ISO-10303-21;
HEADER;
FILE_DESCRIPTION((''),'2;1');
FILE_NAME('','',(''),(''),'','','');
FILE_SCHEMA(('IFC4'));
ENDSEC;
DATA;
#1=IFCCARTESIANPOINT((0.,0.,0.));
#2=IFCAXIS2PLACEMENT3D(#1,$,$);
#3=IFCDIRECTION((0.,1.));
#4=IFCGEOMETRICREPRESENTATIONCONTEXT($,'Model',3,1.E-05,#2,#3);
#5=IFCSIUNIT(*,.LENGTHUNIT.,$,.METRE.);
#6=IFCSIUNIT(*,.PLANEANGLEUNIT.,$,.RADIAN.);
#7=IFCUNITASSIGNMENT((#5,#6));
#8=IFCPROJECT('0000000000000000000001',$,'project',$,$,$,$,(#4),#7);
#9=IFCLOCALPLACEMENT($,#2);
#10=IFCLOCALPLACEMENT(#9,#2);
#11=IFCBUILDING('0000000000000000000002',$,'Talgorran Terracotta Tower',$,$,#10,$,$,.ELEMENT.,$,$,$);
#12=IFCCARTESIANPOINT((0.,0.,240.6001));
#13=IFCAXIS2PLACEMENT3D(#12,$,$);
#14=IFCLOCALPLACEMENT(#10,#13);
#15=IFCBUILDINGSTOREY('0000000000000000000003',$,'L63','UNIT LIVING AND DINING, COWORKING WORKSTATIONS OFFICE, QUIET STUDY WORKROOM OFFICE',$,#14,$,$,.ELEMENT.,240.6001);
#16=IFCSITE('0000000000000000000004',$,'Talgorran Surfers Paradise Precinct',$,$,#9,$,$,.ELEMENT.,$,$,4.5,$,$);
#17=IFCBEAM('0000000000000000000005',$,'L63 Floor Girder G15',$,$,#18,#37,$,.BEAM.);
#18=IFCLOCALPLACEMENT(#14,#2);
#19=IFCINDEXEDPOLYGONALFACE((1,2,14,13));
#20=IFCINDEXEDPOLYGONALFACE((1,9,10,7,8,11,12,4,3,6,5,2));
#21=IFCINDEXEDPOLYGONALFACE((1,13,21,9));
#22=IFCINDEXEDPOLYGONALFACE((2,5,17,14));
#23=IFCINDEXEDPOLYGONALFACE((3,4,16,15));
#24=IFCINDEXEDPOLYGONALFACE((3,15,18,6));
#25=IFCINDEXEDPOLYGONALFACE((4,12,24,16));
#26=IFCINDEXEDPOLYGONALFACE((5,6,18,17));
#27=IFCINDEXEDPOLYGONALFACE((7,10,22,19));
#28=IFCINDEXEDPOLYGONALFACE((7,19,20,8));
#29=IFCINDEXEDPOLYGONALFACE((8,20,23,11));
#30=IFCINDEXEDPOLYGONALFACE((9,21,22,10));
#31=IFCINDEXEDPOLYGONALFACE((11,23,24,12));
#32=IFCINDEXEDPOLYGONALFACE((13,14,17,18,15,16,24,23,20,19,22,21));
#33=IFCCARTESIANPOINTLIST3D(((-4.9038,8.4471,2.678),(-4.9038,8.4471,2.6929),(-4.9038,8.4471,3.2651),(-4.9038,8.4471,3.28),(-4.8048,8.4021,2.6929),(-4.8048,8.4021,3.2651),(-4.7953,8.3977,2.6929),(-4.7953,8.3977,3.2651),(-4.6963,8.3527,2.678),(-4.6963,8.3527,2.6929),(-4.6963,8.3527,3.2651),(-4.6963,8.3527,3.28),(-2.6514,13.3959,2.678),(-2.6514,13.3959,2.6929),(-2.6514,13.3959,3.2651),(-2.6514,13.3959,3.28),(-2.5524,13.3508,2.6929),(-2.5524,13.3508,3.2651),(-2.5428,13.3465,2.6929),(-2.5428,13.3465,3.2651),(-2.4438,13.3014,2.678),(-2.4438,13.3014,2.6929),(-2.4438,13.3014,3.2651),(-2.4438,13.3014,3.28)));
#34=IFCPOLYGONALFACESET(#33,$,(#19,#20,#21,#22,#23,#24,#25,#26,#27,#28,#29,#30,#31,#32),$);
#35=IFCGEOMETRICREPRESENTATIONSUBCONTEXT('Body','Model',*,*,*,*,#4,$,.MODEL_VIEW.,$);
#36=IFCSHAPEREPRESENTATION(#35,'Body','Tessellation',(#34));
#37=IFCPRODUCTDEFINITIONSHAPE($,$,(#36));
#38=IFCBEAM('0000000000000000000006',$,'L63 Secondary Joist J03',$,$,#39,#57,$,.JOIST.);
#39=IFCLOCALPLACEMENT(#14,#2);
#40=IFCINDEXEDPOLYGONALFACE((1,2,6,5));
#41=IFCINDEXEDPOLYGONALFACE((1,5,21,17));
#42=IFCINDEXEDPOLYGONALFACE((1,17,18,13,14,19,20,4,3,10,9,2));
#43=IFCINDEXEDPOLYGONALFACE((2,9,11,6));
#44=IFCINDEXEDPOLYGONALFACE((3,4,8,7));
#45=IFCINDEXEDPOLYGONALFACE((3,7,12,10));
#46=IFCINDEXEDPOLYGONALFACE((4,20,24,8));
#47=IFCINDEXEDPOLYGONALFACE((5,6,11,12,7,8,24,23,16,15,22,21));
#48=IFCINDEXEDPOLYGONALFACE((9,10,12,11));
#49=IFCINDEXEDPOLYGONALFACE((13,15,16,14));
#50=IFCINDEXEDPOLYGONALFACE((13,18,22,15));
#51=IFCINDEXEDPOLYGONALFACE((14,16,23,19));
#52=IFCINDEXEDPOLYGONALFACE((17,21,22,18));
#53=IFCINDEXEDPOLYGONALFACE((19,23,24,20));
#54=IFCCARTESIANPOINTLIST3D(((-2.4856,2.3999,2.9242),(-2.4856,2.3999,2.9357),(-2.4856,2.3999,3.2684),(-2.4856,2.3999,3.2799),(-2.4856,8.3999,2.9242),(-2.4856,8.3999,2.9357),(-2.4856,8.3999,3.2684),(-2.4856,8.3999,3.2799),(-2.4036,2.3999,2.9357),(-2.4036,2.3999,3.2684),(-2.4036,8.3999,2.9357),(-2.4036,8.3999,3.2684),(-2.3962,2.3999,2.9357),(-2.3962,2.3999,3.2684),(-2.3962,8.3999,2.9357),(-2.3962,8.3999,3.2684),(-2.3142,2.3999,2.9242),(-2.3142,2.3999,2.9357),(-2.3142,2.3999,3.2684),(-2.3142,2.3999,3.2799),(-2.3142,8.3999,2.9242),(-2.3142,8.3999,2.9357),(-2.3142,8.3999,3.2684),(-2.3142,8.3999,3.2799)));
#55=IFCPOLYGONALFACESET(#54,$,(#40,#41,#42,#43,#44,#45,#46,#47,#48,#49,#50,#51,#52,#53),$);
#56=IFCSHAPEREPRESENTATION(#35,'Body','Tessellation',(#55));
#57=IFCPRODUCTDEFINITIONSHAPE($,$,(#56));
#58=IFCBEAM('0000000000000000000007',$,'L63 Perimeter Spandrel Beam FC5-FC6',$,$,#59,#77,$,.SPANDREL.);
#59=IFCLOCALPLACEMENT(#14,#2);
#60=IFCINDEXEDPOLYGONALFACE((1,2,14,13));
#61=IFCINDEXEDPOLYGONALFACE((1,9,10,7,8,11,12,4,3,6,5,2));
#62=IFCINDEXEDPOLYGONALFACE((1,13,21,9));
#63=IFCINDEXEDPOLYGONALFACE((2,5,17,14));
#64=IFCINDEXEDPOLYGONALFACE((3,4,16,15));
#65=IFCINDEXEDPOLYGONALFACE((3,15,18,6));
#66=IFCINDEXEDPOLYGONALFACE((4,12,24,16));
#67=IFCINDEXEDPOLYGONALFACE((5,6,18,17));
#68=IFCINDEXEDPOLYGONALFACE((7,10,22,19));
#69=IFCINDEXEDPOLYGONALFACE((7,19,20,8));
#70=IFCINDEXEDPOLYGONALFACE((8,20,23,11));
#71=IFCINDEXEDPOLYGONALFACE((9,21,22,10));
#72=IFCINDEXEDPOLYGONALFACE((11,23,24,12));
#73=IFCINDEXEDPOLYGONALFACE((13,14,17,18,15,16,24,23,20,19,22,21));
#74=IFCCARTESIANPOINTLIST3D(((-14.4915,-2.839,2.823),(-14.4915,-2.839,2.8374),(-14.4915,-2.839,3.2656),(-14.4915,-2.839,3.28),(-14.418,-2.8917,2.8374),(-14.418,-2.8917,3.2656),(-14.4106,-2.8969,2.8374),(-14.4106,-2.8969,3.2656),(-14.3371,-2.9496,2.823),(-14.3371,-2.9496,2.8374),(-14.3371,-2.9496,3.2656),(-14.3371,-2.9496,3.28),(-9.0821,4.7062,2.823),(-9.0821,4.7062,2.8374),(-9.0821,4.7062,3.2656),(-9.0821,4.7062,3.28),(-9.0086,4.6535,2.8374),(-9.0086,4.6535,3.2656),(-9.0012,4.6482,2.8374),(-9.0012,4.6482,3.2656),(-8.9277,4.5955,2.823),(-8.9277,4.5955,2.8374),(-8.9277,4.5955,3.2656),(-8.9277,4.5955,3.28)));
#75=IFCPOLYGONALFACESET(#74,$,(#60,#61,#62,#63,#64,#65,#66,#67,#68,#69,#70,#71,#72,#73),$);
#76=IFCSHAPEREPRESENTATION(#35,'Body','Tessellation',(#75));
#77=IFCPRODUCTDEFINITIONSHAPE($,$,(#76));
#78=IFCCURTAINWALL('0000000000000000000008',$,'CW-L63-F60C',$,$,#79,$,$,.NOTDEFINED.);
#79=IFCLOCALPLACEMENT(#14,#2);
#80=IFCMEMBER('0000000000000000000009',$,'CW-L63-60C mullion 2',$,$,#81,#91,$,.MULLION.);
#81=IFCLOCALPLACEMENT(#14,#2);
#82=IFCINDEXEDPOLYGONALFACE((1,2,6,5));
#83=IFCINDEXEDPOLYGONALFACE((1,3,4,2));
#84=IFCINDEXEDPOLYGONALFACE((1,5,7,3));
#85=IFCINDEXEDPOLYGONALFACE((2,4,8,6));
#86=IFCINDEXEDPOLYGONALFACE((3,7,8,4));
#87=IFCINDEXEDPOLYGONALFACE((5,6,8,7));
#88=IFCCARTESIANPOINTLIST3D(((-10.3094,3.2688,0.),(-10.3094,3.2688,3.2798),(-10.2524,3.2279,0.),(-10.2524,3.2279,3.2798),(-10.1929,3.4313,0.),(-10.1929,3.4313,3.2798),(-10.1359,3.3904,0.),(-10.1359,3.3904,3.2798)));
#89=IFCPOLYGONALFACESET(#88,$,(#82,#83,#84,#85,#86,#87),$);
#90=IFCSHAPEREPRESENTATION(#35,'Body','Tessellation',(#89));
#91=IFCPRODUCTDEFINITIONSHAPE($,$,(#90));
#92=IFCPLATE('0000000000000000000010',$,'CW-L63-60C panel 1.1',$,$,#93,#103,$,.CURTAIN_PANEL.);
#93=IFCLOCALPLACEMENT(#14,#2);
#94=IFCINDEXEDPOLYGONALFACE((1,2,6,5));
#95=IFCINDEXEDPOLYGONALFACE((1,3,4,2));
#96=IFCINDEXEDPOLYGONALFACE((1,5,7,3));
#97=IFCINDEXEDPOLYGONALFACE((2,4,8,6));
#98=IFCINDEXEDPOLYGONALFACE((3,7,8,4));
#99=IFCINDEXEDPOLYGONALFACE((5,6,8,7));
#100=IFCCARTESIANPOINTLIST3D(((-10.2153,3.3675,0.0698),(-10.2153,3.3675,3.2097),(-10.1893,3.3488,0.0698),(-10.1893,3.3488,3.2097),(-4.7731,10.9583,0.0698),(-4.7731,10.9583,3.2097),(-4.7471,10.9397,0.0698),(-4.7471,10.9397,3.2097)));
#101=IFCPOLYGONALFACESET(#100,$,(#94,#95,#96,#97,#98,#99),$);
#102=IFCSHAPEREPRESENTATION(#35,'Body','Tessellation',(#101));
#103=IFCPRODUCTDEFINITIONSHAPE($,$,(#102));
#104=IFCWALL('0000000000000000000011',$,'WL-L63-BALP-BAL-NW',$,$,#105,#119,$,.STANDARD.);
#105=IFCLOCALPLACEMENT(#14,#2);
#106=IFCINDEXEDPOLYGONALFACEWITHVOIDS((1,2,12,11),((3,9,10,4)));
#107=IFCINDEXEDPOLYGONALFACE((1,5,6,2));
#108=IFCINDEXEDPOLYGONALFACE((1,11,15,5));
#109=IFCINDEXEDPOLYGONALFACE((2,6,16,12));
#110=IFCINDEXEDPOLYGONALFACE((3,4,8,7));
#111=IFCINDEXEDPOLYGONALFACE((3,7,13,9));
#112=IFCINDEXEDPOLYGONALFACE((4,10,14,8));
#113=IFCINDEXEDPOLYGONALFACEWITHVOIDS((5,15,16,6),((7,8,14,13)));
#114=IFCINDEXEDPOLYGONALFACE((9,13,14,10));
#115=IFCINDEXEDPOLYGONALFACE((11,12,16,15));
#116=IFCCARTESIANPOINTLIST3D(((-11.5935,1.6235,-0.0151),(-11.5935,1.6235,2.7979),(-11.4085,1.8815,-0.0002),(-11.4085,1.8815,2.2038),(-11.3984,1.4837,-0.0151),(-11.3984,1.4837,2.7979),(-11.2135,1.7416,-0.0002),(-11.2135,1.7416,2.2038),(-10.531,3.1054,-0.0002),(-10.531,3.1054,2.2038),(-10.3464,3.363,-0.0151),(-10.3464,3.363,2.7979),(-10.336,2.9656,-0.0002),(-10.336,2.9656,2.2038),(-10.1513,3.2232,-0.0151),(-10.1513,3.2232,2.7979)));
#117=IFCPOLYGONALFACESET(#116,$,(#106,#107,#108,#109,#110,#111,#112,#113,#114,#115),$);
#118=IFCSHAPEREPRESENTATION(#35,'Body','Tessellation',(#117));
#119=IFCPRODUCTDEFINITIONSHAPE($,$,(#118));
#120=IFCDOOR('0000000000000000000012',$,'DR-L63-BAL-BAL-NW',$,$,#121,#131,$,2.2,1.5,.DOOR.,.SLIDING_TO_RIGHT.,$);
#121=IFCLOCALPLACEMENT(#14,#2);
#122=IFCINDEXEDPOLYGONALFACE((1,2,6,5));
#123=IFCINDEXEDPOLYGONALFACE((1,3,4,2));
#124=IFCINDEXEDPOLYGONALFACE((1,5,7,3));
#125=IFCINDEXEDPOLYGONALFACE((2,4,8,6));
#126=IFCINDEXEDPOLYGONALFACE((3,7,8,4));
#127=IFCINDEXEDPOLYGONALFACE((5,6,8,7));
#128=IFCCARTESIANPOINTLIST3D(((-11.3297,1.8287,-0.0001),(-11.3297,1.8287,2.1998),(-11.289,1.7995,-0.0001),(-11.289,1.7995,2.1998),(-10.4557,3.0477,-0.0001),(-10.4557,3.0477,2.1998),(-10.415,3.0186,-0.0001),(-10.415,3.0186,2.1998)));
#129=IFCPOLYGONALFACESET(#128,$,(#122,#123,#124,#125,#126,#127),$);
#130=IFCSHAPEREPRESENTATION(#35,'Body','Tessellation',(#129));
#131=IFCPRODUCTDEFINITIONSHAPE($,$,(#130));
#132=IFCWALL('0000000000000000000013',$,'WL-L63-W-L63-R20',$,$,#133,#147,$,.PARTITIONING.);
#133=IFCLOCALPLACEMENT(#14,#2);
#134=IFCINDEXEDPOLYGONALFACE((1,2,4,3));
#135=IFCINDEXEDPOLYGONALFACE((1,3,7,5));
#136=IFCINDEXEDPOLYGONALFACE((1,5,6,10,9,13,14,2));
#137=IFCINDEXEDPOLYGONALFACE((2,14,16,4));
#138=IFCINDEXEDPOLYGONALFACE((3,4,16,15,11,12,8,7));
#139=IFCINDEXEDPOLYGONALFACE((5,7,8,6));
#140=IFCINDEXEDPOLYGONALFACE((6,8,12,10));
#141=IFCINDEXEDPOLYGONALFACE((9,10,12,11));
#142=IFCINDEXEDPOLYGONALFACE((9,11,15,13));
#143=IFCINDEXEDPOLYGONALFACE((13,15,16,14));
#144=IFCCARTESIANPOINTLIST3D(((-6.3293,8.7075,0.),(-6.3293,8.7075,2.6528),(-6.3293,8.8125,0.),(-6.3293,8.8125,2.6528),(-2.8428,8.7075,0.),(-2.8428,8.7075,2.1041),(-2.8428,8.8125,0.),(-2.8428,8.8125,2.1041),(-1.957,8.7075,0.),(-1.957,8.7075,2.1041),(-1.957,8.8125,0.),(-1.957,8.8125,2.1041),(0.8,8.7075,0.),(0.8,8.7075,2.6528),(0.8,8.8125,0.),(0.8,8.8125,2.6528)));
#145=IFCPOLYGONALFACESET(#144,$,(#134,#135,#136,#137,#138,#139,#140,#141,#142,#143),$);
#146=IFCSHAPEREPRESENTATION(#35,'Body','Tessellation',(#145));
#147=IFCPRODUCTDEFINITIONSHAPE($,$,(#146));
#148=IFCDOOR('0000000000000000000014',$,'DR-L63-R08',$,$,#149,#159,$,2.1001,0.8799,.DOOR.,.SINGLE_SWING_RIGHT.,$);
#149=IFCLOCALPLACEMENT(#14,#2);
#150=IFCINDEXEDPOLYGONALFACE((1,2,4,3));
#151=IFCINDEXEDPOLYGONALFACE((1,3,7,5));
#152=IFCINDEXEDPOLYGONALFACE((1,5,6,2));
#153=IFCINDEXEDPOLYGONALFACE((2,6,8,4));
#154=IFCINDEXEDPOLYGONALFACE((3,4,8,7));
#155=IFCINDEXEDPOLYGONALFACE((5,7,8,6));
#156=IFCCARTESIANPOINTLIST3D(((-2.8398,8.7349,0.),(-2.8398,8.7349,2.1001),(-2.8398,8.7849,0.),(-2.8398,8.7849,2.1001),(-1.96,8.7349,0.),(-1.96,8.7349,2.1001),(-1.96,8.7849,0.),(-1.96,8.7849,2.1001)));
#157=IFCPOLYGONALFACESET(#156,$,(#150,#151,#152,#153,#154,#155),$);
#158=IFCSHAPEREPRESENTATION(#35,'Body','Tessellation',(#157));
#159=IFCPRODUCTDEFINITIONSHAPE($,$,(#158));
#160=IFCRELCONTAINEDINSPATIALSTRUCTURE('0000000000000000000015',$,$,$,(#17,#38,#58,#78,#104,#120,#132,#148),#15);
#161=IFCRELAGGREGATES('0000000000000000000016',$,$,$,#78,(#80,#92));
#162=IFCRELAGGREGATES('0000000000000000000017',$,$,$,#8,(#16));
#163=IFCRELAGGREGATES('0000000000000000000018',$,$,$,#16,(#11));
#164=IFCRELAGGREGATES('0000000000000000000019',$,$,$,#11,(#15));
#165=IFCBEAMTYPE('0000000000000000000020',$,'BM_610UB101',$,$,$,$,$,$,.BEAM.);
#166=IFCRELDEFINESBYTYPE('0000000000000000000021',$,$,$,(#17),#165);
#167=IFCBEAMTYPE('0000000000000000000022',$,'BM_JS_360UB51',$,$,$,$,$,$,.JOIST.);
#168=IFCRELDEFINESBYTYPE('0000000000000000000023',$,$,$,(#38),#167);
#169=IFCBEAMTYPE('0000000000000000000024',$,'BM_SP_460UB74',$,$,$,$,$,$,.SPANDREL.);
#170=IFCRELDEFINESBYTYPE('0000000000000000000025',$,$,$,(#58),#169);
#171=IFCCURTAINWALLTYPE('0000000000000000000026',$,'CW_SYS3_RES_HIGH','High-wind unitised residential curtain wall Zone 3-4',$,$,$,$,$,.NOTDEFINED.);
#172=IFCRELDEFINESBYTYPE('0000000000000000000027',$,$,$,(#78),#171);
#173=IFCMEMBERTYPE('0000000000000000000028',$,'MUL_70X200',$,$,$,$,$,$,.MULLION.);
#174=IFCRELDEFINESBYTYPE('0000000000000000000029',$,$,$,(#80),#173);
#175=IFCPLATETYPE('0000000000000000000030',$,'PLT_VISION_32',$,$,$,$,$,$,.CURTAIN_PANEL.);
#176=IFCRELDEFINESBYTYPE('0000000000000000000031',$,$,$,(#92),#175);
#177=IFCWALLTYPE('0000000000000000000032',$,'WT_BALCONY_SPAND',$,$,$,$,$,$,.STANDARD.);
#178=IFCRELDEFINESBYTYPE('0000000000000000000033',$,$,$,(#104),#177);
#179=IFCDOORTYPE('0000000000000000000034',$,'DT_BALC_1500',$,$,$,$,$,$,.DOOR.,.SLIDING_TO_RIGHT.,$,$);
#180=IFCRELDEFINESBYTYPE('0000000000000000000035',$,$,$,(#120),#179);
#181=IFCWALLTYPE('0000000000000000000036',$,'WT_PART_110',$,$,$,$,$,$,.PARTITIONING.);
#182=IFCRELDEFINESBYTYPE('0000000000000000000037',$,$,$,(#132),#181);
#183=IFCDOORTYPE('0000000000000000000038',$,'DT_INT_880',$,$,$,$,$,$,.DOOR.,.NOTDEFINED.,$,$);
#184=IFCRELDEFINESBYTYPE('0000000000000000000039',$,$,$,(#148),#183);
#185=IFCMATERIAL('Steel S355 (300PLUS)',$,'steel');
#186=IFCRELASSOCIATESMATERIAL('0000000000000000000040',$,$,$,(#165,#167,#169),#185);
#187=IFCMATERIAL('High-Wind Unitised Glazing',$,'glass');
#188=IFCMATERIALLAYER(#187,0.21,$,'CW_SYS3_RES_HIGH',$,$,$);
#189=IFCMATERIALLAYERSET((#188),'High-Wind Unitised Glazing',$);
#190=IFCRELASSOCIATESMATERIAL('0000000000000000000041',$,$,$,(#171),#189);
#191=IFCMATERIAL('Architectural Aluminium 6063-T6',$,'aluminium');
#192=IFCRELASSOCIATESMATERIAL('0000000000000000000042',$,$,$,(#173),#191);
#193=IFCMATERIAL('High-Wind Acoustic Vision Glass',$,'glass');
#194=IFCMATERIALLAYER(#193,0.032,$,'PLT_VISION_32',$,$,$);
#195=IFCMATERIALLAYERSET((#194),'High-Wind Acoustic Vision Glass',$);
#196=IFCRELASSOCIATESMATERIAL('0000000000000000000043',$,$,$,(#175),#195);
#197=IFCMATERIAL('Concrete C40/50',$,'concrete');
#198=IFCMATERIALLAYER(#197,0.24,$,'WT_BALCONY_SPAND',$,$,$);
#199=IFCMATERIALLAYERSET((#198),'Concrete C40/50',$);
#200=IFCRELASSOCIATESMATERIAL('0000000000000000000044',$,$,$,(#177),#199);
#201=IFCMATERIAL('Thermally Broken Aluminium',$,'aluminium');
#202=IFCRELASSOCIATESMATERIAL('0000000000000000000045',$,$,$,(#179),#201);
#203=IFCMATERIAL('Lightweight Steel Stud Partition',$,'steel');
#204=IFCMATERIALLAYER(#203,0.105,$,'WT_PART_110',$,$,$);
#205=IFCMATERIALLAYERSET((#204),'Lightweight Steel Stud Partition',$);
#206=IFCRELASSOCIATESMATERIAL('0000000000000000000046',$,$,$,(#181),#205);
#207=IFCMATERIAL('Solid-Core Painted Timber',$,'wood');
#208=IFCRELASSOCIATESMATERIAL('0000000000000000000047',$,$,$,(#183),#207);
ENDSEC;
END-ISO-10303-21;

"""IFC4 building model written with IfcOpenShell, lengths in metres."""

from ifc_helpers import new_model, si_unit, direction, frame, frame_2d, origin, origin_2d, place, context, subcontext, project, spatial, rectangle, i_section, extrude, source, transform, mapped, material, layer, layer_set, material_profile, profile_set, type_object, type_shapes, element, fill, aggregate, save


model = new_model("IFC4")

# Units and contexts
model_context = context("Model", 3, precision=1e-05, world=origin(), true_north=direction((0.0, 1.0)))
body_context = subcontext(model_context, "Body", "Model", "MODEL_VIEW")
ifc_project = project(units=[si_unit("LENGTHUNIT", "METRE"), si_unit("PLANEANGLEUNIT", "RADIAN")], contexts=[model_context])

# Site, building, storey
site_placement = place(None, origin())
site = spatial("IfcSite", under=ifc_project, at=site_placement, Name="Talgorran Surfers Paradise Precinct", CompositionType="ELEMENT", RefElevation=4.5)
building_placement = place(site_placement, origin())
building = spatial("IfcBuilding", under=site, at=building_placement, Name="Talgorran Terracotta Tower", CompositionType="ELEMENT")
storey_placement = place(building_placement, frame((0.0, 0.0, 240.6001)))
storey = spatial("IfcBuildingStorey", under=building, at=storey_placement, Name="L63", Description="UNIT LIVING AND DINING, COWORKING WORKSTATIONS OFFICE, QUIET STUDY WORKROOM OFFICE", CompositionType="ELEMENT", Elevation=240.6001)

# Shared definitions
ifc_material_1 = material(Name="Steel S355 (300PLUS)", Category="steel")

# Beams
ifc_material_profile_1 = material_profile(ifc_material_1, i_section(OverallWidth=0.228, OverallDepth=0.6021, WebThickness=0.0105, FlangeThickness=0.0149, at=origin_2d()), Name="610UB101")
ifc_profile_set_1 = profile_set([ifc_material_profile_1], Name="Steel S355 (300PLUS)")
beam_type_1 = type_object("IfcBeamType", Name="BM_610UB101", PredefinedType="BEAM", material=ifc_profile_set_1)
beam_1_placement = place(storey_placement, frame((-4.8, 8.3999, 2.979), z_axis=(0.414263, 0.910157, 0.0), x_axis=(-0.910157, 0.414263, 0.0)))
element("IfcBeam", 1, at=beam_1_placement, inside=storey, type_object=beam_type_1, Name="L63 Floor Girder G15", PredefinedType="BEAM", context=body_context, shape_type="SweptSolid", body=[
    extrude(i_section(OverallWidth=0.228, OverallDepth=0.6021, WebThickness=0.0105, FlangeThickness=0.0149, at=origin_2d()), origin(), (0.0, 0.0, 1.0), 5.4373),
])
ifc_material_profile_2 = material_profile(ifc_material_1, i_section(OverallWidth=0.1714, OverallDepth=0.3557, WebThickness=0.0073, FlangeThickness=0.0115, at=origin_2d()), Name="360UB50.7")
ifc_profile_set_2 = profile_set([ifc_material_profile_2], Name="Steel S355 (300PLUS)")
beam_type_2 = type_object("IfcBeamType", Name="BM_JS_360UB51", PredefinedType="JOIST", material=ifc_profile_set_2)
beam_2_placement = place(storey_placement, frame((-2.3999, 2.3999, 3.1021), z_axis=(0.0, 1.0, 0.0), x_axis=(-1.0, 0.0, 0.0)))
element("IfcBeam", 2, at=beam_2_placement, inside=storey, type_object=beam_type_2, Name="L63 Secondary Joist J03", PredefinedType="JOIST", context=body_context, shape_type="SweptSolid", body=[
    extrude(i_section(OverallWidth=0.1714, OverallDepth=0.3557, WebThickness=0.0073, FlangeThickness=0.0115, at=origin_2d()), origin(), (0.0, 0.0, 1.0), 6.0),
])
ifc_material_profile_3 = material_profile(ifc_material_1, i_section(OverallWidth=0.1899, OverallDepth=0.457, WebThickness=0.009, FlangeThickness=0.0144, at=origin_2d()), Name="460UB74.6")
ifc_profile_set_3 = profile_set([ifc_material_profile_3], Name="Steel S355 (300PLUS)")
beam_type_3 = type_object("IfcBeamType", Name="BM_SP_460UB74", PredefinedType="SPANDREL", material=ifc_profile_set_3)
beam_3_placement = place(storey_placement, frame((-9.0049, 4.6509, 3.0515), z_axis=(-0.582665, -0.812712, 0.0), x_axis=(0.812712, -0.582665, 0.0)))
element("IfcBeam", 3, at=beam_3_placement, inside=storey, type_object=beam_type_3, Name="L63 Perimeter Spandrel Beam FC5-FC6", PredefinedType="SPANDREL", context=body_context, shape_type="SweptSolid", body=[
    extrude(i_section(OverallWidth=0.1899, OverallDepth=0.457, WebThickness=0.009, FlangeThickness=0.0144, at=origin_2d()), origin(), (0.0, 0.0, 1.0), 9.2839),
])

# Curtain wall, member, plate
ifc_material_2 = material(Name="High-Wind Unitised Glazing", Category="glass")
ifc_layer_1 = layer(ifc_material_2, 0.21, Name="CW_SYS3_RES_HIGH")
ifc_layer_set_1 = layer_set([ifc_layer_1], Name="High-Wind Unitised Glazing")
curtain_wall_type = type_object("IfcCurtainWallType", Name="CW_SYS3_RES_HIGH", Description="High-wind unitised residential curtain wall Zone 3-4", PredefinedType="NOTDEFINED", material=ifc_layer_set_1)
curtain_wall_placement = place(storey_placement, origin())
curtain_wall = element("IfcCurtainWall", 4, at=curtain_wall_placement, inside=storey, type_object=curtain_wall_type, Name="CW-L63-F60C", PredefinedType="NOTDEFINED")
ifc_material_3 = material(Name="Architectural Aluminium 6063-T6", Category="aluminium")
ifc_material_profile_4 = material_profile(ifc_material_3, rectangle(XDim=0.0701, YDim=0.2, at=origin_2d()), Name="CWM70X200")
ifc_profile_set_4 = profile_set([ifc_material_profile_4], Name="Architectural Aluminium 6063-T6")
member_type = type_object("IfcMemberType", Name="MUL_70X200", PredefinedType="MULLION", material=ifc_profile_set_4)
member_placement = place(storey_placement, frame((-10.2227, 3.3296, 0.0), z_axis=(0.0, 0.0, 1.0), x_axis=(0.812714, -0.582663, 0.0)))
member = element("IfcMember", 5, at=member_placement, type_object=member_type, Name="CW-L63-60C mullion 2", PredefinedType="MULLION", context=body_context, shape_type="SweptSolid", body=[
    extrude(rectangle(XDim=0.0701, YDim=0.2, at=origin_2d()), origin(), (0.0, 0.0, 1.0), 3.2798),
])
ifc_material_4 = material(Name="High-Wind Acoustic Vision Glass", Category="glass")
ifc_layer_2 = layer(ifc_material_4, 0.032, Name="PLT_VISION_32")
ifc_layer_set_2 = layer_set([ifc_layer_2], Name="High-Wind Acoustic Vision Glass")
plate_type = type_object("IfcPlateType", Name="PLT_VISION_32", PredefinedType="CURTAIN_PANEL", material=ifc_layer_set_2)
shared_shape = source(origin(), body_context, "Body", "SweptSolid", [
    extrude(rectangle(XDim=9.3401, YDim=0.032, at=origin_2d()), origin(), (0.0, 0.0, 1.0), 3.1399),
])
type_shapes(plate_type, [shared_shape])
plate_placement = place(storey_placement, frame((-7.4812, 7.1536, 0.0698), z_axis=(0.0, 0.0, 1.0), x_axis=(-0.582663, -0.812714, 0.0)))
plate = element("IfcPlate", 6, at=plate_placement, type_object=plate_type, Name="CW-L63-60C panel 1.1", PredefinedType="CURTAIN_PANEL", context=body_context, shape_type="MappedRepresentation", body=[
    mapped(shared_shape, transform((0.0, 0.0, 0.0), scale=1.0)),
])
aggregate(curtain_wall, [member, plate])

# Walls, openings, doors
ifc_material_5 = material(Name="Concrete C40/50", Category="concrete")
ifc_layer_3 = layer(ifc_material_5, 0.24, Name="WT_BALCONY_SPAND")
ifc_layer_set_3 = layer_set([ifc_layer_3], Name="Concrete C40/50")
wall_type_1 = type_object("IfcWallType", Name="WT_BALCONY_SPAND", PredefinedType="STANDARD", material=ifc_layer_set_3)
wall_1_placement = place(storey_placement, frame((-10.2488, 3.2932, -0.0151), z_axis=(0.0, 0.0, 1.0), x_axis=(-0.582651, -0.812723, 0.0)))
wall_1 = element("IfcWall", 7, at=wall_1_placement, inside=storey, type_object=wall_type_1, Name="WL-L63-BALP-BAL-NW", PredefinedType="STANDARD", context=body_context, shape_type="SweptSolid", body=[
    extrude(rectangle(XDim=2.1404, YDim=0.24, at=frame_2d((1.0703, 0.0))), origin(), (0.0, 0.0, 1.0), 2.813),
])
opening_1_placement = place(wall_1_placement, frame((0.3201, 0.0, 0.0149)))
opening_1 = element("IfcOpeningElement", 8, at=opening_1_placement, cuts=wall_1, PredefinedType="OPENING", context=body_context, shape_type="SweptSolid", body=[
    extrude(rectangle(XDim=1.506, YDim=2.204, at=frame_2d((0.75, 1.1021))), frame((0.0, 0.1299, 0.0), z_axis=(0.0, -1.0, 0.0), x_axis=(1.0, 0.0, 0.0)), (0.0, 0.0, 1.0), 0.26),
])
ifc_material_6 = material(Name="Thermally Broken Aluminium", Category="aluminium")
door_type_1 = type_object("IfcDoorType", Name="DT_BALC_1500", OperationType="SLIDING_TO_RIGHT", PredefinedType="DOOR", material=ifc_material_6)
door_1_placement = place(opening_1_placement, origin())
door_1 = element("IfcDoor", 9, at=door_1_placement, inside=storey, type_object=door_type_1, Name="DR-L63-BAL-BAL-NW", OperationType="SLIDING_TO_RIGHT", OverallHeight=2.2, OverallWidth=1.5, PredefinedType="DOOR", context=body_context, shape_type="SweptSolid", body=[
    extrude(rectangle(XDim=1.5, YDim=2.2, at=frame_2d((0.75, 1.1001))), frame((0.0, 0.0249, 0.0), z_axis=(0.0, -1.0, 0.0), x_axis=(1.0, 0.0, 0.0)), (0.0, 0.0, 1.0), 0.05),
])
fill(opening_1, door_1)
ifc_material_7 = material(Name="Lightweight Steel Stud Partition", Category="steel")
ifc_layer_4 = layer(ifc_material_7, 0.105, Name="WT_PART_110")
ifc_layer_set_4 = layer_set([ifc_layer_4], Name="Lightweight Steel Stud Partition")
wall_type_2 = type_object("IfcWallType", Name="WT_PART_110", PredefinedType="PARTITIONING", material=ifc_layer_set_4)
wall_2_placement = place(storey_placement, frame((-6.3293, 8.76, 0.0), z_axis=(0.0, 0.0, 1.0), x_axis=(1.0, 0.0, 0.0)))
wall_2 = element("IfcWall", 10, at=wall_2_placement, inside=storey, type_object=wall_type_2, Name="WL-L63-W-L63-R20", PredefinedType="PARTITIONING", context=body_context, shape_type="SweptSolid", body=[
    extrude(rectangle(XDim=7.1294, YDim=0.105, at=frame_2d((3.5647, 0.0))), origin(), (0.0, 0.0, 1.0), 2.6528),
])
opening_2_placement = place(wall_2_placement, frame((3.4895, 0.0, 0.0)))
opening_2 = element("IfcOpeningElement", 11, at=opening_2_placement, cuts=wall_2, PredefinedType="OPENING", context=body_context, shape_type="SweptSolid", body=[
    extrude(rectangle(XDim=0.8859, YDim=2.1041, at=frame_2d((0.4399, 1.052))), frame((0.0, 0.0625, 0.0), z_axis=(0.0, -1.0, 0.0), x_axis=(1.0, 0.0, 0.0)), (0.0, 0.0, 1.0), 0.125),
])
ifc_material_8 = material(Name="Solid-Core Painted Timber", Category="wood")
door_type_2 = type_object("IfcDoorType", Name="DT_INT_880", OperationType="NOTDEFINED", PredefinedType="DOOR", material=ifc_material_8)
door_2_placement = place(opening_2_placement, origin())
door_2 = element("IfcDoor", 12, at=door_2_placement, inside=storey, type_object=door_type_2, Name="DR-L63-R08", OperationType="SINGLE_SWING_RIGHT", OverallHeight=2.1001, OverallWidth=0.8799, PredefinedType="DOOR", context=body_context, shape_type="SweptSolid", body=[
    extrude(rectangle(XDim=0.8799, YDim=2.1001, at=frame_2d((0.4399, 1.05))), frame((0.0, 0.0249, 0.0), z_axis=(0.0, -1.0, 0.0), x_axis=(1.0, 0.0, 0.0)), (0.0, 0.0, 1.0), 0.05),
])
fill(opening_2, door_2)

save(model, "model.ifc")
